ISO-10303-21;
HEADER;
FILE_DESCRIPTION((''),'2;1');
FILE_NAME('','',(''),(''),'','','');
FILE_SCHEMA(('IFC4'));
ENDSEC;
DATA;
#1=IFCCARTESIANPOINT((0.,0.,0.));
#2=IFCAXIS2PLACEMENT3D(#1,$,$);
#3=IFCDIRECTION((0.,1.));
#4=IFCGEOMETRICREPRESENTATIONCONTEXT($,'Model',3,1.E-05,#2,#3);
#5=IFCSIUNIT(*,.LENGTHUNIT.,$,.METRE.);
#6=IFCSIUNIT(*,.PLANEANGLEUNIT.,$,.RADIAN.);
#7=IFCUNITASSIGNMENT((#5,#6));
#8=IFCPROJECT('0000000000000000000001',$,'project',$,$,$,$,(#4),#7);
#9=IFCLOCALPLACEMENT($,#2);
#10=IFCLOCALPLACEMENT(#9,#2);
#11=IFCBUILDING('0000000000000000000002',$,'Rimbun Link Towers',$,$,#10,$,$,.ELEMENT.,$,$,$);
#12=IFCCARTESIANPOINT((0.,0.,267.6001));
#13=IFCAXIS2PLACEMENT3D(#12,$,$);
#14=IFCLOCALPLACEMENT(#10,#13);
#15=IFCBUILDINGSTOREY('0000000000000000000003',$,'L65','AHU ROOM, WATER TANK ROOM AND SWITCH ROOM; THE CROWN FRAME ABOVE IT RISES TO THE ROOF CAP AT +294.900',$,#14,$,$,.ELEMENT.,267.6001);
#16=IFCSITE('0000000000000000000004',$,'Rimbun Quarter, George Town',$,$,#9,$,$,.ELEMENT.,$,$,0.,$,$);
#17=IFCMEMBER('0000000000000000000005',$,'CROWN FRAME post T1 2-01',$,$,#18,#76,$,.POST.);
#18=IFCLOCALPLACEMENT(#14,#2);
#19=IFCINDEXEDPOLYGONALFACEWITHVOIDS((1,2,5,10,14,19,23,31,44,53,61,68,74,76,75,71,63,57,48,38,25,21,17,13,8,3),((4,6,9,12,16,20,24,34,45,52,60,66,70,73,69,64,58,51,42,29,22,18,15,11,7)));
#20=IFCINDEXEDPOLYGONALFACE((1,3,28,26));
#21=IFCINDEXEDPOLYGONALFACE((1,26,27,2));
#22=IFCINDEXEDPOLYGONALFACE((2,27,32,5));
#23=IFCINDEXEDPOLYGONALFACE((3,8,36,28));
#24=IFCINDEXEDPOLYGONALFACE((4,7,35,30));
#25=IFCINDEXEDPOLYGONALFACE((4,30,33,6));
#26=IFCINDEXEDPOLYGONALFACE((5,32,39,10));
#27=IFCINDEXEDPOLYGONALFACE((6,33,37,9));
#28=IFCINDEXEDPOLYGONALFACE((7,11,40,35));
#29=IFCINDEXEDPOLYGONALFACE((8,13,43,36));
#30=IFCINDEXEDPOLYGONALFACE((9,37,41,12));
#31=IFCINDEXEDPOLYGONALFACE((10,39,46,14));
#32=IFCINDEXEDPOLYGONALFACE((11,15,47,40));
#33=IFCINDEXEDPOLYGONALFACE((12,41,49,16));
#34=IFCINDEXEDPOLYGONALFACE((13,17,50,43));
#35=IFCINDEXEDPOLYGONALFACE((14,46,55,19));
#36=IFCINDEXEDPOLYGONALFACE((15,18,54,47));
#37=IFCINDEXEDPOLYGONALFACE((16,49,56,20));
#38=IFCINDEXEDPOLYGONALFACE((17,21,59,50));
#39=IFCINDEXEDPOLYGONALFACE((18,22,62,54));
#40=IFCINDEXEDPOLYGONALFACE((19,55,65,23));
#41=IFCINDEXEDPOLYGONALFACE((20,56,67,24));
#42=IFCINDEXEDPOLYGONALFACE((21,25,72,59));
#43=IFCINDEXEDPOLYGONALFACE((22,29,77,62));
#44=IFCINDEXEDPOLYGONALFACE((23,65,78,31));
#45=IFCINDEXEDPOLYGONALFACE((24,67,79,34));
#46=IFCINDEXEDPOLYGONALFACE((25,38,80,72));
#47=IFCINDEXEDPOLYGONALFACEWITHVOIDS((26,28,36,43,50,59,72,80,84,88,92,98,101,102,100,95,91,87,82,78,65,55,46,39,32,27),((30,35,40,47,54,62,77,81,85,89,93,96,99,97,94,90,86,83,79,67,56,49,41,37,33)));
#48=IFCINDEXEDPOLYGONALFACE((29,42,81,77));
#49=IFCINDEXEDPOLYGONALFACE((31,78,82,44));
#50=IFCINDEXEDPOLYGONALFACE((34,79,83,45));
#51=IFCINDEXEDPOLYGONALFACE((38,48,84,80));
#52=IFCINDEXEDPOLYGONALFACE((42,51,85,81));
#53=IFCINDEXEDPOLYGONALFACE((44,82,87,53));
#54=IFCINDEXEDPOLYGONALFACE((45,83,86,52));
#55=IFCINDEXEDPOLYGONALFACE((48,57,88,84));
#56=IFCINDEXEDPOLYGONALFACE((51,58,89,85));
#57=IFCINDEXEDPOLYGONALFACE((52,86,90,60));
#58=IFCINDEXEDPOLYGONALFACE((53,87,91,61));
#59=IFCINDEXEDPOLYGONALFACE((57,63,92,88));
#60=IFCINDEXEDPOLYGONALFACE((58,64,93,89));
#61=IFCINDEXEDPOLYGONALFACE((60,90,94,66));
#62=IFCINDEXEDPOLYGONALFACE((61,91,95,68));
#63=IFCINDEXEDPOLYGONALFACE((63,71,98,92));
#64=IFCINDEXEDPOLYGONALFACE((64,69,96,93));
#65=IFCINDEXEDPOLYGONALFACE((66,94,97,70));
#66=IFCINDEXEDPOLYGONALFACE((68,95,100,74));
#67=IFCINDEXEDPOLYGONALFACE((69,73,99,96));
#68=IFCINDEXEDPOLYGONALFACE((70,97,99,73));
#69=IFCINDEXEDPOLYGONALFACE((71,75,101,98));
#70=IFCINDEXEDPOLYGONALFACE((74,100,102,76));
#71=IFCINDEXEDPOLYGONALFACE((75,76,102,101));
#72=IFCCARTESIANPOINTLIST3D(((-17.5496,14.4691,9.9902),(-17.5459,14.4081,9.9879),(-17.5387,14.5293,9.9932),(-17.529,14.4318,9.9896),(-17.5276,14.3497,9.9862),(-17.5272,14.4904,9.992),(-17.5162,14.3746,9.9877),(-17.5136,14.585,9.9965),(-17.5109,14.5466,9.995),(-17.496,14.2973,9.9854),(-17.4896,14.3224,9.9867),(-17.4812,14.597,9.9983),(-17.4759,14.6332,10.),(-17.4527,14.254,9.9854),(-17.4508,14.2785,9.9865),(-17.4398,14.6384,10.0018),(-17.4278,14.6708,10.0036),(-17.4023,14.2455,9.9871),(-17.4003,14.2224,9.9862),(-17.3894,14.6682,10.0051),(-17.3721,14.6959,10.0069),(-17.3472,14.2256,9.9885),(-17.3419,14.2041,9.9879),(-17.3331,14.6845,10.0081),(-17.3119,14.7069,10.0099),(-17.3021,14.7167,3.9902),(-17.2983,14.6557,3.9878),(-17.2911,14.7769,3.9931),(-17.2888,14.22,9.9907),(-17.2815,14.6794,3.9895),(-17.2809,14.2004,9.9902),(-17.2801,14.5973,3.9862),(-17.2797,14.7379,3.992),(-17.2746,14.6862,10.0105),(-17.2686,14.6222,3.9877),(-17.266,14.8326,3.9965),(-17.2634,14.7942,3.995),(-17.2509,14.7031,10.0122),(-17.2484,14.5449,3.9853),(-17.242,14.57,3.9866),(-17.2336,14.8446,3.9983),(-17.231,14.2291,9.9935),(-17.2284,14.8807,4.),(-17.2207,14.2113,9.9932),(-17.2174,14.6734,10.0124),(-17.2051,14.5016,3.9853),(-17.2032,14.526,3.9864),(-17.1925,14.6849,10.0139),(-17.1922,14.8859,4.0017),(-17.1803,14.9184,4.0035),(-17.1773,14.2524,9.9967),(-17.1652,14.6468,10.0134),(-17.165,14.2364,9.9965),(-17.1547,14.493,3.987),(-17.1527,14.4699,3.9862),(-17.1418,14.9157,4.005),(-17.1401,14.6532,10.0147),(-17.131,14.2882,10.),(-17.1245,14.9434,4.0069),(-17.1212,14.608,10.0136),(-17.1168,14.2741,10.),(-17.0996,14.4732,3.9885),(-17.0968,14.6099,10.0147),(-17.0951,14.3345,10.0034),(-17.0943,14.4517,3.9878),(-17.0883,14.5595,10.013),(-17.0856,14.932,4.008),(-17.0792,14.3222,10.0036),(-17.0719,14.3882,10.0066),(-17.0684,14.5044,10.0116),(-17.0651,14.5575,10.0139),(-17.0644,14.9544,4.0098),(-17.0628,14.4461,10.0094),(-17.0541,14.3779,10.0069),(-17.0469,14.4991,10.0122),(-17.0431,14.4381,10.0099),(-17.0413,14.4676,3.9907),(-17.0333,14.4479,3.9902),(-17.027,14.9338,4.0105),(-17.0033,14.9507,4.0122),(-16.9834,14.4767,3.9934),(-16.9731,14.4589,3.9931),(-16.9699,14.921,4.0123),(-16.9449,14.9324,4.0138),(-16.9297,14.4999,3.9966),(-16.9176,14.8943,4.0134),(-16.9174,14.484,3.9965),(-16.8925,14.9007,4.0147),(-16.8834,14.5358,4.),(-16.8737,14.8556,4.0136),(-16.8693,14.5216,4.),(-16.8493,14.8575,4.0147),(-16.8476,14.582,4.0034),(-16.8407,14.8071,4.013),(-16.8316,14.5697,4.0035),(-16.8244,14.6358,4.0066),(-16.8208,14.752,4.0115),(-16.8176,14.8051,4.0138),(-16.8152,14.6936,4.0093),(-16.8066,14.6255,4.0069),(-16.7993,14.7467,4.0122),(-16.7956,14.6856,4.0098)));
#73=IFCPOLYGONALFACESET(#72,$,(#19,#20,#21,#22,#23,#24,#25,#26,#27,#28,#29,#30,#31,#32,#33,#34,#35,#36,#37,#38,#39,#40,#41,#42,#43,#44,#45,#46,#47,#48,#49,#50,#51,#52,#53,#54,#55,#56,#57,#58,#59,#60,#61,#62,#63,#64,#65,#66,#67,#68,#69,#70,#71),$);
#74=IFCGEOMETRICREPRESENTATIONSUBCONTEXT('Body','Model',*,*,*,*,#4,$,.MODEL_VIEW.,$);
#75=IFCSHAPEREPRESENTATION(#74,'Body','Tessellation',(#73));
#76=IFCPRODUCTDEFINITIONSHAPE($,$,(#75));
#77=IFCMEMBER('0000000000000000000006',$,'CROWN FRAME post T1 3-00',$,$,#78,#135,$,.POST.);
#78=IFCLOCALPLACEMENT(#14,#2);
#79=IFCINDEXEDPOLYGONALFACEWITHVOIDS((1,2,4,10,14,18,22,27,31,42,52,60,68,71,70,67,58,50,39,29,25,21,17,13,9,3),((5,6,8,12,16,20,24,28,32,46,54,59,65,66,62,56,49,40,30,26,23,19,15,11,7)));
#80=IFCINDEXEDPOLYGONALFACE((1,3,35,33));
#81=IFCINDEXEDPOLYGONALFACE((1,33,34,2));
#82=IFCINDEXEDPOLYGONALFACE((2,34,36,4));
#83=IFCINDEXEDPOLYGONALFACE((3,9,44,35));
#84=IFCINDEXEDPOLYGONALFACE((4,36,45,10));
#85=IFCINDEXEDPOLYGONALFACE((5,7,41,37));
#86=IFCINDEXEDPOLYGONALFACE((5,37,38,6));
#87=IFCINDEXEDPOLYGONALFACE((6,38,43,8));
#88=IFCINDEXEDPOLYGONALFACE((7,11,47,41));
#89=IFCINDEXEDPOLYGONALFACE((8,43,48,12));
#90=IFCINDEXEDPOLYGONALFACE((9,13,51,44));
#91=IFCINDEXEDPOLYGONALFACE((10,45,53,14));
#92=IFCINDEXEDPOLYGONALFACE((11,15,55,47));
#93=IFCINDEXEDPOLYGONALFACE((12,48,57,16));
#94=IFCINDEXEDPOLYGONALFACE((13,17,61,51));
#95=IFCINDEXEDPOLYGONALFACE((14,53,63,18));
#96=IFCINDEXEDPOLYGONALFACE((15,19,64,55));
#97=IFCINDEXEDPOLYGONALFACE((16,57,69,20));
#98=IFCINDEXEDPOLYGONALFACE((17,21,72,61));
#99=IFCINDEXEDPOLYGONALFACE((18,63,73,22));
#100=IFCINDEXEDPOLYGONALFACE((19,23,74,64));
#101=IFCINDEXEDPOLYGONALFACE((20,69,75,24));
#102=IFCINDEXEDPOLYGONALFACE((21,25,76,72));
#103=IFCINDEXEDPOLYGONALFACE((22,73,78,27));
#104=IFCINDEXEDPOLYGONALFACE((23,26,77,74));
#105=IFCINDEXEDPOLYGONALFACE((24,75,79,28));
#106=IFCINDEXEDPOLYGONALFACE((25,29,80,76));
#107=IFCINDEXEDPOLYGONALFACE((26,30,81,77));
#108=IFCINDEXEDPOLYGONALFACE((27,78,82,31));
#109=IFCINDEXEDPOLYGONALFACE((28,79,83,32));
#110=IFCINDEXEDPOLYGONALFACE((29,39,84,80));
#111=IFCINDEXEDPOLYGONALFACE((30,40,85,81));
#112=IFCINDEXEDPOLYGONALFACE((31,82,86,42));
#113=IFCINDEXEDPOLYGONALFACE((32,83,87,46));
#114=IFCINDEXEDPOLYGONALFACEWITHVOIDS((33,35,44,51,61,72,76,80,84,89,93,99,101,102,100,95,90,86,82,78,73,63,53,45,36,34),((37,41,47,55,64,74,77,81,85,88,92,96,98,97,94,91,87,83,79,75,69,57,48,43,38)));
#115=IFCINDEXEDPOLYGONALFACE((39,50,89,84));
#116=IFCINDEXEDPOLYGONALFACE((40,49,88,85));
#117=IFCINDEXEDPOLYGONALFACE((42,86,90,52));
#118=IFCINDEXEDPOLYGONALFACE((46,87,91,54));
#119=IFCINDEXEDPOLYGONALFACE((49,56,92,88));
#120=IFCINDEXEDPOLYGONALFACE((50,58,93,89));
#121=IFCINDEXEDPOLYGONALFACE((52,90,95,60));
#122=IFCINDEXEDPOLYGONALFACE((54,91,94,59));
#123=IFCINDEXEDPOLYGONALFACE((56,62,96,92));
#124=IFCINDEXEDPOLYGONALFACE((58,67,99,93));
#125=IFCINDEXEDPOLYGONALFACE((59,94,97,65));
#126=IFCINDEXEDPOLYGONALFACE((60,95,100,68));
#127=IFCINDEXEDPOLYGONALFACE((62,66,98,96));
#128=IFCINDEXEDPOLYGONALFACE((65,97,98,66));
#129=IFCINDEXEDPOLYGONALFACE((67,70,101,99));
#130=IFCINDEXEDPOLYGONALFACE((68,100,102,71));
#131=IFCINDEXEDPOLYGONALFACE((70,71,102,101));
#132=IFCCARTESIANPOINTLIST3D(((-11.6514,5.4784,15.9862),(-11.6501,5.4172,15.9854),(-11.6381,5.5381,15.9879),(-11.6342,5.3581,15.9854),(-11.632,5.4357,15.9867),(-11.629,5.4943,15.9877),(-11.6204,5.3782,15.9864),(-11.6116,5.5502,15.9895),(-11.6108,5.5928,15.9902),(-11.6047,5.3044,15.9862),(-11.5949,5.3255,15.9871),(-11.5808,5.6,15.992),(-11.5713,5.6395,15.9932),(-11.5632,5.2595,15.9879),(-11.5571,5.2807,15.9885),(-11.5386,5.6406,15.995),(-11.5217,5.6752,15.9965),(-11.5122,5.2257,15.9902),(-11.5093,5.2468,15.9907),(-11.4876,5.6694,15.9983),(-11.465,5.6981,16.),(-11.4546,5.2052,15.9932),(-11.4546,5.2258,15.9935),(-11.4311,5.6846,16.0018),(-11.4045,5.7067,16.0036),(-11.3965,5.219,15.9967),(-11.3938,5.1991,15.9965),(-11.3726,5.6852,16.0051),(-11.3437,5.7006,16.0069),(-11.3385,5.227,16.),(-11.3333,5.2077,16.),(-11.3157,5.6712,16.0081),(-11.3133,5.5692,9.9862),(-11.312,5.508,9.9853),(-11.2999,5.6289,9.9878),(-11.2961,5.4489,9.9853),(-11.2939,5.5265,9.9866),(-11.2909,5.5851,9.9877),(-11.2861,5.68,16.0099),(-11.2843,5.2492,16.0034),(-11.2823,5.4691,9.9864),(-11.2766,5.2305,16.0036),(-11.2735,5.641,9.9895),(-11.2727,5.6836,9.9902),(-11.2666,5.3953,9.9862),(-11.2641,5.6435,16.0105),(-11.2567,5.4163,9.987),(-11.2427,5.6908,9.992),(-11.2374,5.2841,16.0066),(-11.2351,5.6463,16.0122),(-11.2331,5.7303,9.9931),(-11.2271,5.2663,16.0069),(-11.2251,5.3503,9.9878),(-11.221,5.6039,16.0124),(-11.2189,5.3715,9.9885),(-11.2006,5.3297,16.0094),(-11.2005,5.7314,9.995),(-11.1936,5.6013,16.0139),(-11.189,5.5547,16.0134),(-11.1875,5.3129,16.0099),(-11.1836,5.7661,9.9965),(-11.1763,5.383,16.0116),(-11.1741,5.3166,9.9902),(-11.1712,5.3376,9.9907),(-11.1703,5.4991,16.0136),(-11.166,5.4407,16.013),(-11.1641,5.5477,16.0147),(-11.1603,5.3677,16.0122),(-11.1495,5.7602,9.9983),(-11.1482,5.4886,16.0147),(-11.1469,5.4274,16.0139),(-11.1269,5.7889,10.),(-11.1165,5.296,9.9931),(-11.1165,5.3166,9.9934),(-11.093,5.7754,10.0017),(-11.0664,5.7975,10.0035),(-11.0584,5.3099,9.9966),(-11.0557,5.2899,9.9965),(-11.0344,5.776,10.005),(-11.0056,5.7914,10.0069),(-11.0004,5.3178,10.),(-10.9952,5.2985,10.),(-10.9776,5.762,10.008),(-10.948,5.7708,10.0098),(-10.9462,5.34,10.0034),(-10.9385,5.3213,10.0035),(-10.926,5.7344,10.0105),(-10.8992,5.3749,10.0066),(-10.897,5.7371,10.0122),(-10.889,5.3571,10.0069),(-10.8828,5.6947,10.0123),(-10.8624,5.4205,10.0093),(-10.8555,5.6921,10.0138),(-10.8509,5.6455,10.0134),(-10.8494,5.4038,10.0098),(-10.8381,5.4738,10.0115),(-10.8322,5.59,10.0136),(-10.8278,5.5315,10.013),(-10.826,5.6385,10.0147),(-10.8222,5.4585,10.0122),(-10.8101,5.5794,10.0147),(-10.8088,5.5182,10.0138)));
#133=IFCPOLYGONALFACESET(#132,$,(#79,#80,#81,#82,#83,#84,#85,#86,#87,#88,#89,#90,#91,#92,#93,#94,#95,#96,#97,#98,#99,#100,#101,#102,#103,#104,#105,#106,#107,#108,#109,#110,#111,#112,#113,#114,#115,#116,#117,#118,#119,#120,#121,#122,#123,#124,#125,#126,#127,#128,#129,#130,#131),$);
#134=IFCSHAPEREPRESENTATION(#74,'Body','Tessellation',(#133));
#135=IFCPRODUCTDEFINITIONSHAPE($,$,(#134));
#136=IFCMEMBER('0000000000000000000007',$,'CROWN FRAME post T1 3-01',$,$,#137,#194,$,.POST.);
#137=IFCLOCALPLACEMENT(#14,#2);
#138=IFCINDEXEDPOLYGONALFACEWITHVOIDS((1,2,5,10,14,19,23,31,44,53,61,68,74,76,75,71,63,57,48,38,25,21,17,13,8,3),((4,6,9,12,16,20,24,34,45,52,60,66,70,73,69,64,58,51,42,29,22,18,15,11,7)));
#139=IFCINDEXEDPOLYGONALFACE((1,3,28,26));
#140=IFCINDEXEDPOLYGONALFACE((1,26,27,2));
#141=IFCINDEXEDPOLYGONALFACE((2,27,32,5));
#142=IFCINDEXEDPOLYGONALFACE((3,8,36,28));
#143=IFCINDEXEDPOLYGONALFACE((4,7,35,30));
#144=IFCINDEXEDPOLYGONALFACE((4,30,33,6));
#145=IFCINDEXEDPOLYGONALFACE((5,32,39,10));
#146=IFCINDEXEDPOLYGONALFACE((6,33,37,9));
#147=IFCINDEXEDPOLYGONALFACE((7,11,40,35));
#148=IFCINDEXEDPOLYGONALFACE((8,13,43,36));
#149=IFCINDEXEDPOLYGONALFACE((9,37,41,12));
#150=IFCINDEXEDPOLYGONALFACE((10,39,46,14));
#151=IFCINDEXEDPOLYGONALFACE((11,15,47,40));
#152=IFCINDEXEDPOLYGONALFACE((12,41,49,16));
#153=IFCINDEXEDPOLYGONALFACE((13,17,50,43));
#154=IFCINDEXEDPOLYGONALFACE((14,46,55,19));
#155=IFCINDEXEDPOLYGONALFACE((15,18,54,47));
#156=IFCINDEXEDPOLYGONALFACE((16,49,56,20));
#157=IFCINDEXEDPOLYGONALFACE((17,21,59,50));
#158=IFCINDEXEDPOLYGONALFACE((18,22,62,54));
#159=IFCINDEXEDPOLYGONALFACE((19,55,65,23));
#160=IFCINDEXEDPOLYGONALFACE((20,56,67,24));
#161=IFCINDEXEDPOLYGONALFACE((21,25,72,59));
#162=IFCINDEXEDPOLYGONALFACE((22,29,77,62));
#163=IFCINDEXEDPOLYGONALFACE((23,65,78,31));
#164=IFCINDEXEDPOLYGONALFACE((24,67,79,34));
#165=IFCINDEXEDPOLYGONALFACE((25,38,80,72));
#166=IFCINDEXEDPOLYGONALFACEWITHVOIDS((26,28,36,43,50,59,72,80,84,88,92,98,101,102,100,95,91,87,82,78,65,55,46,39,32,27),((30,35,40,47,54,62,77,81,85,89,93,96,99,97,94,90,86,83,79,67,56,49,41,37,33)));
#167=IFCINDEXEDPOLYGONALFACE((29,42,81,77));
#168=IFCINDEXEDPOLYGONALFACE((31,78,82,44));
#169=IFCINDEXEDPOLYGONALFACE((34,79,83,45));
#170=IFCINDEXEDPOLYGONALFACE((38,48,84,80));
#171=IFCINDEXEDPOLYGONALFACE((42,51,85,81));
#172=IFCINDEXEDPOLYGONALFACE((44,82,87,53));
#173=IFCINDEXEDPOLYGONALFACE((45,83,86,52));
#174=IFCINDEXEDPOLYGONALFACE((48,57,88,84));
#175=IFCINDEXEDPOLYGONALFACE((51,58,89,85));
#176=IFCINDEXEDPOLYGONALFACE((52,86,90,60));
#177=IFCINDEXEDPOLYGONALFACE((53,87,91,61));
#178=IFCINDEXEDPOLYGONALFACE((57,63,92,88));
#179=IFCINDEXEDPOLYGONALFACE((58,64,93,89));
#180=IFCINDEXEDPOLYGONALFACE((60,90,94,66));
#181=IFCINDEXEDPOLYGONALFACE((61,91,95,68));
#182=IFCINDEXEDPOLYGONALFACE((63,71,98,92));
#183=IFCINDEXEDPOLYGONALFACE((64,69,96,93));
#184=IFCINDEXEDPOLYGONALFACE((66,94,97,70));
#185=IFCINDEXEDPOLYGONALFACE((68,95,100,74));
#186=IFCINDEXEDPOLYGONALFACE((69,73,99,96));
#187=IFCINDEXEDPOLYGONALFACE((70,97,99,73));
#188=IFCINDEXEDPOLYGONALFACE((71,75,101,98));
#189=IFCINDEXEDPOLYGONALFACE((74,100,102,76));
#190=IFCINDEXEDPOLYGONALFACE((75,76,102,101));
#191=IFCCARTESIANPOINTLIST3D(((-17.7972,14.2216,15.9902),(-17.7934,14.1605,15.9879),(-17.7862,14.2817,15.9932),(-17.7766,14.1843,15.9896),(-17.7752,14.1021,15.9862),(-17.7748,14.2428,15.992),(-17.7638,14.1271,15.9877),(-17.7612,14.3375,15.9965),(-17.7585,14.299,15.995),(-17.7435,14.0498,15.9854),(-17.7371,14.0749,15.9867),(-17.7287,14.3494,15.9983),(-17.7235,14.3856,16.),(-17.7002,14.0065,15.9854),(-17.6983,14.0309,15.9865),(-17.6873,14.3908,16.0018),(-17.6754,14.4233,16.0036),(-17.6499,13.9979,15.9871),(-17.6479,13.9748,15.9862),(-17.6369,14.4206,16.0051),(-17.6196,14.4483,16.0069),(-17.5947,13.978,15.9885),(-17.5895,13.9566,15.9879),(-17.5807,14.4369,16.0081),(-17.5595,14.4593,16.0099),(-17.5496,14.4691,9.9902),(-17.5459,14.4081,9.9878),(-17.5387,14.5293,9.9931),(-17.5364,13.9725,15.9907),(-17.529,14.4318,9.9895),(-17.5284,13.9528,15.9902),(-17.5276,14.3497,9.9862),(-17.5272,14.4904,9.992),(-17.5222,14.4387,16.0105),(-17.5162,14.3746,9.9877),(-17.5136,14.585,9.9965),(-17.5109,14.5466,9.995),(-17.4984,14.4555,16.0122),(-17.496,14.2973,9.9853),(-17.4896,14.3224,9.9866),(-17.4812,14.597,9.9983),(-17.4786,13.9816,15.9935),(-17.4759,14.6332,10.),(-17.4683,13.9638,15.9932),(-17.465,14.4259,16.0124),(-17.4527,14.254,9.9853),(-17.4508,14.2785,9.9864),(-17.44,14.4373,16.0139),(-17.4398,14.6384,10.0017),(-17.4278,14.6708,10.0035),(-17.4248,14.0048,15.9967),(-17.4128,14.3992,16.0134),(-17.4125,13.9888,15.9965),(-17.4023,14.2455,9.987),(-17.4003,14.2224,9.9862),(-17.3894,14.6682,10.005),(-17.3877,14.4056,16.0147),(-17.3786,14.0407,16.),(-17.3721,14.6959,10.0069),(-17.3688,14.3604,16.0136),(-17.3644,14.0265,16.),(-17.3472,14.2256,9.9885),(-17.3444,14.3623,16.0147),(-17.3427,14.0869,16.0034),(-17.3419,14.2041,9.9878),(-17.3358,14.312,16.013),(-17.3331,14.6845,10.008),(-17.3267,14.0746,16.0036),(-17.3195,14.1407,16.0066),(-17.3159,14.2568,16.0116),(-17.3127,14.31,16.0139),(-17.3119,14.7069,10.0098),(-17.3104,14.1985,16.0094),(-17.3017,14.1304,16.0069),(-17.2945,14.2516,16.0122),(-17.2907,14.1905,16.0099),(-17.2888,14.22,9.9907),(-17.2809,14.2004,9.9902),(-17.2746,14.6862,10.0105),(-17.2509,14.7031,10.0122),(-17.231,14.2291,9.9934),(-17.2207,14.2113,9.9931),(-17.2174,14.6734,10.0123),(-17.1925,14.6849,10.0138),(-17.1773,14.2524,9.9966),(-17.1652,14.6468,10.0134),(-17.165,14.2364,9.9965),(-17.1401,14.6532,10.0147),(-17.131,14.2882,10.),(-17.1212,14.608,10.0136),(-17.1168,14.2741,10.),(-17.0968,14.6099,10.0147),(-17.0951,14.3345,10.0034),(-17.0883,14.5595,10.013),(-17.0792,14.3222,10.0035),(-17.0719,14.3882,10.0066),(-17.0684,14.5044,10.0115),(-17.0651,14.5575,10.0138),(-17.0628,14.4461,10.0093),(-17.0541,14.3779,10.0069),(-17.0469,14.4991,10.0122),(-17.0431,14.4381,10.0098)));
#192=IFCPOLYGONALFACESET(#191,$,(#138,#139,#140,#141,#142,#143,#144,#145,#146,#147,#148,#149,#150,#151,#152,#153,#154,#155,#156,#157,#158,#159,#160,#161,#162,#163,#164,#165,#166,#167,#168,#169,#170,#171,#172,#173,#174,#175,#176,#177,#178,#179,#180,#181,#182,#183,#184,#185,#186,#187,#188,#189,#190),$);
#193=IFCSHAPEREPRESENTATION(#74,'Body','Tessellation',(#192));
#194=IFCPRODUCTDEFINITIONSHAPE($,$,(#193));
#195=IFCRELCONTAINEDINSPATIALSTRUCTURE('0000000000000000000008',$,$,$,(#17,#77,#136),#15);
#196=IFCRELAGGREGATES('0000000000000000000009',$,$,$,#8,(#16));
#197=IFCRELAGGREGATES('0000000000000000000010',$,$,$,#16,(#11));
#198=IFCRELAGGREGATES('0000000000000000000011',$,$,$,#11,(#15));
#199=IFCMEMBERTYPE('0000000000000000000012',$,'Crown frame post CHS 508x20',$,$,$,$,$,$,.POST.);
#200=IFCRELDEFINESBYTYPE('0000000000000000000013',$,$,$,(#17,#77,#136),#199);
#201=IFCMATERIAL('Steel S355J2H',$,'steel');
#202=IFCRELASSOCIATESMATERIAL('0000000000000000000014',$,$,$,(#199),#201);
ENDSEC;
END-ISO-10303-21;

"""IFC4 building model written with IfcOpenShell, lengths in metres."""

from ifc_helpers import new_model, si_unit, direction, frame, origin, origin_2d, place, context, subcontext, project, spatial, hollow_circle, extrude, material, material_profile, profile_set, type_object, element, save


model = new_model("IFC4")

# Units and contexts
model_context = context("Model", 3, precision=1e-05, world=origin(), true_north=direction((0.0, 1.0)))
body_context = subcontext(model_context, "Body", "Model", "MODEL_VIEW")
ifc_project = project(units=[si_unit("LENGTHUNIT", "METRE"), si_unit("PLANEANGLEUNIT", "RADIAN")], contexts=[model_context])

# Site, building, storey
site_placement = place(None, origin())
site = spatial("IfcSite", under=ifc_project, at=site_placement, Name="Rimbun Quarter, George Town", CompositionType="ELEMENT", RefElevation=0.0)
building_placement = place(site_placement, origin())
building = spatial("IfcBuilding", under=site, at=building_placement, Name="Rimbun Link Towers", CompositionType="ELEMENT")
storey_placement = place(building_placement, frame((0.0, 0.0, 267.6001)))
storey = spatial("IfcBuildingStorey", under=building, at=storey_placement, Name="L65", Description="AHU ROOM, WATER TANK ROOM AND SWITCH ROOM; THE CROWN FRAME ABOVE IT RISES TO THE ROOF CAP AT +294.900", CompositionType="ELEMENT", Elevation=267.6001)

# Members
ifc_material_1 = material(Name="Steel S355J2H", Category="steel")
ifc_material_profile_1 = material_profile(ifc_material_1, hollow_circle(Radius=0.2539, WallThickness=0.02, at=origin_2d()), Name="Crown frame post CHS 508x20")
ifc_profile_set_1 = profile_set([ifc_material_profile_1], Name="Steel S355J2H")
member_type_1 = type_object("IfcMemberType", Name="Crown frame post CHS 508x20", PredefinedType="POST", material=ifc_profile_set_1)
for number, where, z_axis, x_axis, name in (
    (1, (-17.0488, 14.7012, 4.0), (-0.04119, -0.04119, 0.998302), (0.707107, -0.707107, 0.0), "CROWN FRAME post T1 2-01"),
    (2, (-11.061, 5.5437, 10.0), (-0.05626, -0.015111, 0.998302), (0.259398, -0.96577, 0.0), "CROWN FRAME post T1 3-00"),
    (3, (-17.2964, 14.4536, 10.0), (-0.04119, -0.04119, 0.998302), (0.707107, -0.707107, 0.0), "CROWN FRAME post T1 3-01"),
):
    element("IfcMember", number, at=place(storey_placement, frame(where, z_axis=z_axis, x_axis=x_axis)), inside=storey, type_object=member_type_1, Name=name, PredefinedType="POST", context=body_context, shape_type="SweptSolid", body=[
        extrude(hollow_circle(Radius=0.2539, WallThickness=0.02, at=origin_2d()), origin(), (0.0, 0.0, 1.0), 6.0103),
    ])

save(model, "model.ifc")
